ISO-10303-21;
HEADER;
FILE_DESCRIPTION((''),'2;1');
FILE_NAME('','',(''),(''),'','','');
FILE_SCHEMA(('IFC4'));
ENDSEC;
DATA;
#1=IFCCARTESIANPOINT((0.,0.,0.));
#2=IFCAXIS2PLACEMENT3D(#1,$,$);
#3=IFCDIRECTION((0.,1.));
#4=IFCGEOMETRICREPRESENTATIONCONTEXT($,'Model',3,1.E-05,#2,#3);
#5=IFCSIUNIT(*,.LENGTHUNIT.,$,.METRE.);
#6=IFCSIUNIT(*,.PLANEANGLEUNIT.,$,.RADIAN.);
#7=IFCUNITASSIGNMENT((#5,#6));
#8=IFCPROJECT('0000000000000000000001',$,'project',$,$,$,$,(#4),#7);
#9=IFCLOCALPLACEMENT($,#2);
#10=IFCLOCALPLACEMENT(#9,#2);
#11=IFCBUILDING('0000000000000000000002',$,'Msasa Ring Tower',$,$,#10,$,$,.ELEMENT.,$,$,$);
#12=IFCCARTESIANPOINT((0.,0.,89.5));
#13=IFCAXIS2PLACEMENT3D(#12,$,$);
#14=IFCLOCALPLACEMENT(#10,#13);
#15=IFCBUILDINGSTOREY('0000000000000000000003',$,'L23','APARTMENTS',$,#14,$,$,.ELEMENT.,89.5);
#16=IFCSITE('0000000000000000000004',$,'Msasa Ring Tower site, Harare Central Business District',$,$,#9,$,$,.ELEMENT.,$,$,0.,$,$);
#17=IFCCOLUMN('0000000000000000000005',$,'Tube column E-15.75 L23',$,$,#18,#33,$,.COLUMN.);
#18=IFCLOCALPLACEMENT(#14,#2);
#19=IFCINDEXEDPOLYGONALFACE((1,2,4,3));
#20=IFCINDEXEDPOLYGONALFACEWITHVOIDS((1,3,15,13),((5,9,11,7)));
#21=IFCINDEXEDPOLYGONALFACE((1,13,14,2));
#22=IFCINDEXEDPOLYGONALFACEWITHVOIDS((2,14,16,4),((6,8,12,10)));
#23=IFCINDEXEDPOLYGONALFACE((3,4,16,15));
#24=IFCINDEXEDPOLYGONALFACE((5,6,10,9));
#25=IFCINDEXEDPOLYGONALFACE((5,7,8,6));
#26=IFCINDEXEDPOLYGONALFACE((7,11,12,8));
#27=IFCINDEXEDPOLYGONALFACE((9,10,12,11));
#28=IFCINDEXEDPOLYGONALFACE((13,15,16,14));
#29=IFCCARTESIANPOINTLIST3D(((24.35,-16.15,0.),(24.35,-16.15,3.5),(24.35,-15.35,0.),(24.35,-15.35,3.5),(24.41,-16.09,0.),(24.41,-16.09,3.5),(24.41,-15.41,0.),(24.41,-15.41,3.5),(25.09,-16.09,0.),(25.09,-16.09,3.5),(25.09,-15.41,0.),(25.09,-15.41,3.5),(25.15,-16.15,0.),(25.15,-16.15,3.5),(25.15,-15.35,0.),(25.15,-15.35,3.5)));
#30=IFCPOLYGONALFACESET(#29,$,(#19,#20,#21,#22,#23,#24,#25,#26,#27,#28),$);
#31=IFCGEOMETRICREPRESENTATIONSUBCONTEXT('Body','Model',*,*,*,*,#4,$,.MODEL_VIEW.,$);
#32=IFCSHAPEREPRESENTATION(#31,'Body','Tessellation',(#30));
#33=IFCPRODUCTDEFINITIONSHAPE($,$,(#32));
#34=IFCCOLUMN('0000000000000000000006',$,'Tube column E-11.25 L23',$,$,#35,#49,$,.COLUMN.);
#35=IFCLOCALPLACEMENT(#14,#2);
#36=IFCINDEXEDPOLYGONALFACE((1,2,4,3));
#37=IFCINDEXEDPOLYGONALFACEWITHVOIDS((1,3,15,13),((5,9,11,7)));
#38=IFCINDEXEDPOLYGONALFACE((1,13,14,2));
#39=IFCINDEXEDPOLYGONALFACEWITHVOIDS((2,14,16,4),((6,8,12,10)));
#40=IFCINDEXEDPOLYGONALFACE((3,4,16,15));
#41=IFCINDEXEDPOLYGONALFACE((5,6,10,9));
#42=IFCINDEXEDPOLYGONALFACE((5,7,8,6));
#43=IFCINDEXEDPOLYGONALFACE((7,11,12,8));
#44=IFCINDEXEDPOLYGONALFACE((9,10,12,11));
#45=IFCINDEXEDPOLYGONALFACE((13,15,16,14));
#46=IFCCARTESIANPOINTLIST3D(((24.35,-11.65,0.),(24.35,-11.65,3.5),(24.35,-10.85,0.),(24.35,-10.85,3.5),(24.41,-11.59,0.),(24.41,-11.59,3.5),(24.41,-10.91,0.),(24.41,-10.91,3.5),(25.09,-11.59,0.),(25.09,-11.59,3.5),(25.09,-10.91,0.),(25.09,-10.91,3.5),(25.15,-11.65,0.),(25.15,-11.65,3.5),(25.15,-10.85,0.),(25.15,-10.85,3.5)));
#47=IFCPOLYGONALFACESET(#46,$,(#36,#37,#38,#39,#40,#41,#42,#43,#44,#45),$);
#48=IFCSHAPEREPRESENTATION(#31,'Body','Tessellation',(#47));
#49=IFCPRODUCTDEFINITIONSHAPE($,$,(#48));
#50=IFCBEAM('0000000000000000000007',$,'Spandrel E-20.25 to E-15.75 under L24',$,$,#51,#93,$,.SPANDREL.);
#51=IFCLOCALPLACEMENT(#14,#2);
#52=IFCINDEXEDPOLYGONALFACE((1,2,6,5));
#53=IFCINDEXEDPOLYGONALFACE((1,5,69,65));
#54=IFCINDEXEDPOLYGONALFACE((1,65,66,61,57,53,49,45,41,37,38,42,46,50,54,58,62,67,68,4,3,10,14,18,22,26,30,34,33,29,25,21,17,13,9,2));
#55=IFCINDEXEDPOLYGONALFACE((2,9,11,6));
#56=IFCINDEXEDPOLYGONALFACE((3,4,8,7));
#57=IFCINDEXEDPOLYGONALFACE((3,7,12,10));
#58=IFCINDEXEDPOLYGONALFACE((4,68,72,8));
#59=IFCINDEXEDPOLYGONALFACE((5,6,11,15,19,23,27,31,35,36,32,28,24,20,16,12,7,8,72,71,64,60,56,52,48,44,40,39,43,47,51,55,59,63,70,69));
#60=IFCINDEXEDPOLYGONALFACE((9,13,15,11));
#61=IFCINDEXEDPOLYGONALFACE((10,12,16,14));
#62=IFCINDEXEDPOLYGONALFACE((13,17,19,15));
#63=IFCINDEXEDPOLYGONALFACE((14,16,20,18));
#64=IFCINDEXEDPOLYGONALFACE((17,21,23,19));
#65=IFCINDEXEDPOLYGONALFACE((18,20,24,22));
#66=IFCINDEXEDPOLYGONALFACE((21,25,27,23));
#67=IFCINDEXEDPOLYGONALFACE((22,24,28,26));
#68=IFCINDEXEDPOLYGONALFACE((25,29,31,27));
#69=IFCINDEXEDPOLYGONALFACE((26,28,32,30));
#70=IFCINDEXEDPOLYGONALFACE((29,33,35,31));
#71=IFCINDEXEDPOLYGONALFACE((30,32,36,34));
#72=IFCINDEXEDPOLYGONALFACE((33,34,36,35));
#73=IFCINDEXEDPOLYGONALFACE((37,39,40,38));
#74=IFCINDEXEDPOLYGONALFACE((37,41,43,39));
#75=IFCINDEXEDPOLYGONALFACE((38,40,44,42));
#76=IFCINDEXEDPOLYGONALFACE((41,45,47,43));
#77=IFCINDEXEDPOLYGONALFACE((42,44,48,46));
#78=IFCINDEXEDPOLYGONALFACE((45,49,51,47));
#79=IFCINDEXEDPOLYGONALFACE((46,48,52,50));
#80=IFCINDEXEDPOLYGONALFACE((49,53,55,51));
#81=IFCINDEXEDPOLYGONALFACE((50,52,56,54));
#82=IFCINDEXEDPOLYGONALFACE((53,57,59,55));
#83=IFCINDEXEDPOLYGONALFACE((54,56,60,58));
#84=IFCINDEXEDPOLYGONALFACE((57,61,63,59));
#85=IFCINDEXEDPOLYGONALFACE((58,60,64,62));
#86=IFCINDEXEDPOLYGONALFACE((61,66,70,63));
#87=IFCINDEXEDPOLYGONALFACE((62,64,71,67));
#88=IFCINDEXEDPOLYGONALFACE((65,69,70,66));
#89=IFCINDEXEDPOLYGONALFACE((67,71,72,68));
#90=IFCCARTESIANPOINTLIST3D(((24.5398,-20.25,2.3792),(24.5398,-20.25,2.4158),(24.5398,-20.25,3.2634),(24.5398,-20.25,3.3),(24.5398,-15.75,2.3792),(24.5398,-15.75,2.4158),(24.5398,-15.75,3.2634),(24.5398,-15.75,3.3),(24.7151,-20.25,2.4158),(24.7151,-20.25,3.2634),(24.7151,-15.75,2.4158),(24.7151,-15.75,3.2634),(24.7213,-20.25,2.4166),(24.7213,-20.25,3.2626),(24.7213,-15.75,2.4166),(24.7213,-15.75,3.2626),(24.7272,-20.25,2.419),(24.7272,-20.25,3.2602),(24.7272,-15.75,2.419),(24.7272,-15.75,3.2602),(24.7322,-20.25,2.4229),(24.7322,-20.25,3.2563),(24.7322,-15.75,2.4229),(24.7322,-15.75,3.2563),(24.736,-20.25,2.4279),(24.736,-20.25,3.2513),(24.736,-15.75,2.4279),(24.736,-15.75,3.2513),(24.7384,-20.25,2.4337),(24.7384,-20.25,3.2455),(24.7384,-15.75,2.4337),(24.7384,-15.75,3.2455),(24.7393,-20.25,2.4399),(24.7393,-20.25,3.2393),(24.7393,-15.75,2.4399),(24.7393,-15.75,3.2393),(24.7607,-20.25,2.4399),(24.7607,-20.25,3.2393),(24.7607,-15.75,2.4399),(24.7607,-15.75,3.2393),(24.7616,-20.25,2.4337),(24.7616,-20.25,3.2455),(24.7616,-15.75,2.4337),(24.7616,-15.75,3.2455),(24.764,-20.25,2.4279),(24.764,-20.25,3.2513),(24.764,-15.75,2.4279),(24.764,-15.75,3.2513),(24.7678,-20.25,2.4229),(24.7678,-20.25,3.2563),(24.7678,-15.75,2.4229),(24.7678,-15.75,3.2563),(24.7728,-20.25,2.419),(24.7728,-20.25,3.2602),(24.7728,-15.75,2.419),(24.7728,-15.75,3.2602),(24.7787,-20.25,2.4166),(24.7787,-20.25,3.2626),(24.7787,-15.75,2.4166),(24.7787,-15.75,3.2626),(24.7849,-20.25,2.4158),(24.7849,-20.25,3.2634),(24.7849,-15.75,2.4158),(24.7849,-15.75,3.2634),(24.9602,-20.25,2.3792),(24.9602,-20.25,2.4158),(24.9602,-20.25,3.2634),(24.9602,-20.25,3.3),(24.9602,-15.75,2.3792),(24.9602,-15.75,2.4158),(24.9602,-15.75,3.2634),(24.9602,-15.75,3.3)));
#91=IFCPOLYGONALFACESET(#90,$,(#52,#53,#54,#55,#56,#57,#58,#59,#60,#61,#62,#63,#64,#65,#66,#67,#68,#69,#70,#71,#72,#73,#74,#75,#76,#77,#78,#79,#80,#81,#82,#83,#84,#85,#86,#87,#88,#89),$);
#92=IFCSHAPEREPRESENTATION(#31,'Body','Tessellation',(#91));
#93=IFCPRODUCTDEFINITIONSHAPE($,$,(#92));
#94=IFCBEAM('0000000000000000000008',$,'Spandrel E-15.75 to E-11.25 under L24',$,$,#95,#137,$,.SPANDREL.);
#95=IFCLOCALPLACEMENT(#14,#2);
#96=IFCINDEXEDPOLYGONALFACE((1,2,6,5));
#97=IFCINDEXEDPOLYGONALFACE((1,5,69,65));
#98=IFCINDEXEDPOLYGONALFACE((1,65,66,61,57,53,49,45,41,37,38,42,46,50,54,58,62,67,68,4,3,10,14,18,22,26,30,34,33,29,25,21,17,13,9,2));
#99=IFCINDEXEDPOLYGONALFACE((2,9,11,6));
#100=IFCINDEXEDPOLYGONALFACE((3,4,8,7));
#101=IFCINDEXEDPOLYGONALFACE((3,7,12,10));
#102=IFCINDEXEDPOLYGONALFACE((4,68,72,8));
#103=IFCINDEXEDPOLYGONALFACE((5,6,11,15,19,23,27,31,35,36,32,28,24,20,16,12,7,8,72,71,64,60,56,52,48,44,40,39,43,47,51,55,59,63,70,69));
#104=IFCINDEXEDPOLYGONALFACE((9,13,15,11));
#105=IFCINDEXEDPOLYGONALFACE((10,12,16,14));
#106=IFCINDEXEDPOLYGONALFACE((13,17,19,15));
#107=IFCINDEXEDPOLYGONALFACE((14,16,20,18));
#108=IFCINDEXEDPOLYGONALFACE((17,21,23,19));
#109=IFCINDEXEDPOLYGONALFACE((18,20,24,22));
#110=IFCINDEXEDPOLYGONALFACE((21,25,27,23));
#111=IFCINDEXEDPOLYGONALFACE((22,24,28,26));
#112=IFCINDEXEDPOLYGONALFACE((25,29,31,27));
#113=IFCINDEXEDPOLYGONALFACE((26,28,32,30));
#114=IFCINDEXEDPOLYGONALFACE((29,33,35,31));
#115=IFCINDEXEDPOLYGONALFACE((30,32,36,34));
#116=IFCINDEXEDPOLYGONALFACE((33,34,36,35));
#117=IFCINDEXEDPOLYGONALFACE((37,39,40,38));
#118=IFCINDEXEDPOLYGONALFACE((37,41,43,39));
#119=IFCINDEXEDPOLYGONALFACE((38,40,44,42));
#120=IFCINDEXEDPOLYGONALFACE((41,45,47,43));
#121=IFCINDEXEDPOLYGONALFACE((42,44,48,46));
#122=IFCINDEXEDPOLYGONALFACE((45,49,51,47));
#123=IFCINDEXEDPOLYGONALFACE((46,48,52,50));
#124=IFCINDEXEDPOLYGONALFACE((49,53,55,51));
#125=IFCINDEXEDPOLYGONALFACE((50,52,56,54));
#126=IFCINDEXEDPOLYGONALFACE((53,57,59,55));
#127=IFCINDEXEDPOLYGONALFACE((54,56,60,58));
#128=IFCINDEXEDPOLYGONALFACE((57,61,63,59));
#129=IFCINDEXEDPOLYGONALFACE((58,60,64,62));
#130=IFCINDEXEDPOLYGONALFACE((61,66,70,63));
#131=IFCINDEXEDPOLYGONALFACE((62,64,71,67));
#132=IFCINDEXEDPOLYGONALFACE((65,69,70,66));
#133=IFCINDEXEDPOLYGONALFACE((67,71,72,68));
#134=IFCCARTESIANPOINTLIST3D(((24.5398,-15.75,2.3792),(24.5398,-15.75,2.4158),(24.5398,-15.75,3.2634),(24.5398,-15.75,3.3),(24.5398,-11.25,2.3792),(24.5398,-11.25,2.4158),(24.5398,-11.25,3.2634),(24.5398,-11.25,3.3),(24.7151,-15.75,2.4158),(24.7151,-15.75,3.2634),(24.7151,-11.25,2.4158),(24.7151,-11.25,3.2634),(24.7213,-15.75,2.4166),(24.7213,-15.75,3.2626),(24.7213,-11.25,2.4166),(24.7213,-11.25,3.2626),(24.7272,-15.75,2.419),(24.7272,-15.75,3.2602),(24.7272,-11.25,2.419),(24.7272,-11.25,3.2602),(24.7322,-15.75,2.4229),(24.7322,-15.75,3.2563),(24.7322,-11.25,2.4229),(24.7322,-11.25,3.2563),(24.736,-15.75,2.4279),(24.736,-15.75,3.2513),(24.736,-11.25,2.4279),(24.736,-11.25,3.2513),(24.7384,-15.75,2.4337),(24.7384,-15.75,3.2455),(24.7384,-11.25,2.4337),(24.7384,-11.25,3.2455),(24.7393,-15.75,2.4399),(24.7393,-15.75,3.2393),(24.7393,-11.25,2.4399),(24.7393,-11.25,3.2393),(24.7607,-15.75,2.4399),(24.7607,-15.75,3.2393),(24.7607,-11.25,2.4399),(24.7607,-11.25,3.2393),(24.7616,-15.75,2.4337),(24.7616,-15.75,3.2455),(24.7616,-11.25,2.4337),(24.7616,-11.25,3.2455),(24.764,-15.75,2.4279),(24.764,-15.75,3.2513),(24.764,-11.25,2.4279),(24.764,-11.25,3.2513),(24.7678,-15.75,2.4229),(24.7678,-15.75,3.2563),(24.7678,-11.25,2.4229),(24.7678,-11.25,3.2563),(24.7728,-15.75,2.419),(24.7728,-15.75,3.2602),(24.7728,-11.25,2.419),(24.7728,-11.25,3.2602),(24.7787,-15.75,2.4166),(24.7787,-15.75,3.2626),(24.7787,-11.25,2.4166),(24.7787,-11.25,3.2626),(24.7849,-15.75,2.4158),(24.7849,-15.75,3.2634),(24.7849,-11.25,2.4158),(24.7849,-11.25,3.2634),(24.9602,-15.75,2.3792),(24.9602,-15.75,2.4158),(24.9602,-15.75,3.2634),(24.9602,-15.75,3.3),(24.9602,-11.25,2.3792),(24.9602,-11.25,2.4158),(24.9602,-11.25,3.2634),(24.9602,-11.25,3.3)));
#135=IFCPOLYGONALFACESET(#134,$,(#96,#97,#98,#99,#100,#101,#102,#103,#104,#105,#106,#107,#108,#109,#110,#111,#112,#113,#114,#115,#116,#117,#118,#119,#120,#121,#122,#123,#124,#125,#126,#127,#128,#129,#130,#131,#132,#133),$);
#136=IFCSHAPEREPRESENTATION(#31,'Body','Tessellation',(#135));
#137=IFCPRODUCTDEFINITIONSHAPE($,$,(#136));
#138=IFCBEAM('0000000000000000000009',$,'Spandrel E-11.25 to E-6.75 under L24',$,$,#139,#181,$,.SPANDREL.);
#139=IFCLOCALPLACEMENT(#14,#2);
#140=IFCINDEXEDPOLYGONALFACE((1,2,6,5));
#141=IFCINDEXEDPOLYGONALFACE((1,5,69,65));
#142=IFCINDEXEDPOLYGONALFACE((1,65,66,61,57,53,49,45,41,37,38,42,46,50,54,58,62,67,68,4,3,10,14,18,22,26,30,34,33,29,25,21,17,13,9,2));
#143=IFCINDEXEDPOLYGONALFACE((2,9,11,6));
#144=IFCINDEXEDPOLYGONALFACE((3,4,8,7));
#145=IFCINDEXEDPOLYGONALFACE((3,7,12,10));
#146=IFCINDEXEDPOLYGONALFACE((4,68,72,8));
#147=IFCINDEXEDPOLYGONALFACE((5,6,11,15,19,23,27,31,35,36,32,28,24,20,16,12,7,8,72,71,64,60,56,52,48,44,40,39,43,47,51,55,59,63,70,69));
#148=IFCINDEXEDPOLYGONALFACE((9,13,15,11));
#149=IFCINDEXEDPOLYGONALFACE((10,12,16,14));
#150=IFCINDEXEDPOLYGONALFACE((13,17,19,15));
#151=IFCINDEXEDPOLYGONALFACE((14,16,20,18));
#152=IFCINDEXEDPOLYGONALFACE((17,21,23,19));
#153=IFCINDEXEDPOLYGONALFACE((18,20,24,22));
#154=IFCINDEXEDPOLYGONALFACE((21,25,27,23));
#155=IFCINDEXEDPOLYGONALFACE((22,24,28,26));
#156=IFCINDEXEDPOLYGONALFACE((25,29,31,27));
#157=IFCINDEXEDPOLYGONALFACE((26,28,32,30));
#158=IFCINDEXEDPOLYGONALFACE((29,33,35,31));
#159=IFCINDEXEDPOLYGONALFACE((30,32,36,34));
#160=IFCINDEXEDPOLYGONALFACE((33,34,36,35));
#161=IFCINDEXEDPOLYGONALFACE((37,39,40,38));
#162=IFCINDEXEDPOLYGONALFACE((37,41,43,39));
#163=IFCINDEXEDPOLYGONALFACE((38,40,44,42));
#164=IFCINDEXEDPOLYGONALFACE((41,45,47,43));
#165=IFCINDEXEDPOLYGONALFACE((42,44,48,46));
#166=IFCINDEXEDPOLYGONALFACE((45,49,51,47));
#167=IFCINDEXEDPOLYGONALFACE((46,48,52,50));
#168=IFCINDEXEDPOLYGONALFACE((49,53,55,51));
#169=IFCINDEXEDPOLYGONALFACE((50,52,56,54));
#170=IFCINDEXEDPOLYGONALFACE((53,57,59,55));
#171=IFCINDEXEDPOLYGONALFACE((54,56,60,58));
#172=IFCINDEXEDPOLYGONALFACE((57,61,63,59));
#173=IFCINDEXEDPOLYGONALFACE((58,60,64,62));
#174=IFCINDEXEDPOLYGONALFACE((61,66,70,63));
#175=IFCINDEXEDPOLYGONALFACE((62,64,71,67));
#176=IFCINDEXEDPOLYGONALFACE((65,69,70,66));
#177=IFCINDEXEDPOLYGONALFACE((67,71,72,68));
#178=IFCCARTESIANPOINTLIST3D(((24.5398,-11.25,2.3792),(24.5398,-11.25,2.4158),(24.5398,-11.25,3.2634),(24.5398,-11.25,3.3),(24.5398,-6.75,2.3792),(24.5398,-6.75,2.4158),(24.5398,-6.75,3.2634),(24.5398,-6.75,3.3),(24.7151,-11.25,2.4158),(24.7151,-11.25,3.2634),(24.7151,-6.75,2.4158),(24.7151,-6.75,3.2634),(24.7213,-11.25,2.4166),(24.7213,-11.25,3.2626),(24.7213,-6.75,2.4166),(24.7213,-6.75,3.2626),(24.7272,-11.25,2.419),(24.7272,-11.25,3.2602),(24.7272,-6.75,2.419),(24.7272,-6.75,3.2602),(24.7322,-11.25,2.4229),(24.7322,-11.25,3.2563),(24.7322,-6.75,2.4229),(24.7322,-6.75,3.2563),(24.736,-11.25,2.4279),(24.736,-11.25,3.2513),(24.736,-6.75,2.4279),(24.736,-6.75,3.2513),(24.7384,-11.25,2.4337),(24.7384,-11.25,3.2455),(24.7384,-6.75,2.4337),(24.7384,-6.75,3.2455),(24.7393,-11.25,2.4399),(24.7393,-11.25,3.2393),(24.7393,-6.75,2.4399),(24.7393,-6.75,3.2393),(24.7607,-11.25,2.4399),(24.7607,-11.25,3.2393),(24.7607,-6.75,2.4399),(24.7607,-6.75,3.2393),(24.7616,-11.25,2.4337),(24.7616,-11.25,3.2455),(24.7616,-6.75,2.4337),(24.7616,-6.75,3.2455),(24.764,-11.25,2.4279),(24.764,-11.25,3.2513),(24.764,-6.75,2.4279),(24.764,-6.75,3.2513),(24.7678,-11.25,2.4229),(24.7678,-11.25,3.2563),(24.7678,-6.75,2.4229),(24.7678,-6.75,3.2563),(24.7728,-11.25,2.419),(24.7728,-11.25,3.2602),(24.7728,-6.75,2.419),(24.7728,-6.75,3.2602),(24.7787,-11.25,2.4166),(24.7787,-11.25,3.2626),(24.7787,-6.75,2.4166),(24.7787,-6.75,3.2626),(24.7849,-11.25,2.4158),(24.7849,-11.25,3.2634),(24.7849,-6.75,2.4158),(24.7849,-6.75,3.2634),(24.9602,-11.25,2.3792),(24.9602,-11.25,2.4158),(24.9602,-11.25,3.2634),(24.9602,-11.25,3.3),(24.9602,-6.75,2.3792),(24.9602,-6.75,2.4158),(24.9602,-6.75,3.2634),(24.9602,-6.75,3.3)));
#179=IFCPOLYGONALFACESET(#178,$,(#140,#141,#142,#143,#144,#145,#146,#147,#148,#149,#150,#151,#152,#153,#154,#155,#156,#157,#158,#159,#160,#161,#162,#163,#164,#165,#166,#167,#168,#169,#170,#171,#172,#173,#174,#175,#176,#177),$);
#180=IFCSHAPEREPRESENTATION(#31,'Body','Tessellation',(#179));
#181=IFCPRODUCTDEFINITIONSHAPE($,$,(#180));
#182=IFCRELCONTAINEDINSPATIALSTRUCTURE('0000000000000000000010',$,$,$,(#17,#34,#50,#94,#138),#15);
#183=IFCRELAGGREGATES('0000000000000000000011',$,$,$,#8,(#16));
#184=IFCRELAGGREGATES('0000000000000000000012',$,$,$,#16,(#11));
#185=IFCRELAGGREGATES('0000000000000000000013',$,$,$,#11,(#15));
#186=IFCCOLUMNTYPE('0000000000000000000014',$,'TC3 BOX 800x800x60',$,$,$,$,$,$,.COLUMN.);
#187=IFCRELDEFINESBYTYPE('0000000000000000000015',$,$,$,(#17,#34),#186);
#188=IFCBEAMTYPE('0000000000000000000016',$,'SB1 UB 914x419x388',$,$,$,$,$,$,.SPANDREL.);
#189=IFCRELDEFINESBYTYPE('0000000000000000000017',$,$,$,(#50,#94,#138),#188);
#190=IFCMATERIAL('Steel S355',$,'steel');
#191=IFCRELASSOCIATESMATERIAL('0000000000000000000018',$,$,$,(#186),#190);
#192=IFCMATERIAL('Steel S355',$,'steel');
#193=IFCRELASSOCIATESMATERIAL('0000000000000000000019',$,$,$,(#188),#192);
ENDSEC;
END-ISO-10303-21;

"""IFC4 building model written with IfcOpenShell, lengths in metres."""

from ifc_helpers import new_model, si_unit, direction, frame, origin, origin_2d, place, context, subcontext, project, spatial, hollow_rectangle, i_section, extrude, material, material_profile, profile_set, type_object, element, save


model = new_model("IFC4")

# Units and contexts
model_context = context("Model", 3, precision=1e-05, world=origin(), true_north=direction((0.0, 1.0)))
body_context = subcontext(model_context, "Body", "Model", "MODEL_VIEW")
ifc_project = project(units=[si_unit("LENGTHUNIT", "METRE"), si_unit("PLANEANGLEUNIT", "RADIAN")], contexts=[model_context])

# Site, building, storey
site_placement = place(None, origin())
site = spatial("IfcSite", under=ifc_project, at=site_placement, Name="Msasa Ring Tower site, Harare Central Business District", CompositionType="ELEMENT", RefElevation=0.0)
building_placement = place(site_placement, origin())
building = spatial("IfcBuilding", under=site, at=building_placement, Name="Msasa Ring Tower", CompositionType="ELEMENT")
storey_placement = place(building_placement, frame((0.0, 0.0, 89.5)))
storey = spatial("IfcBuildingStorey", under=building, at=storey_placement, Name="L23", Description="APARTMENTS", CompositionType="ELEMENT", Elevation=89.5)

# Columns
ifc_material_1 = material(Name="Steel S355", Category="steel")
ifc_material_profile_1 = material_profile(ifc_material_1, hollow_rectangle(XDim=0.8, YDim=0.8, WallThickness=0.0601, at=origin_2d()), Name="BOX 800x800x60")
ifc_profile_set_1 = profile_set([ifc_material_profile_1], Name="Steel S355")
column_type = type_object("IfcColumnType", Name="TC3 BOX 800x800x60", PredefinedType="COLUMN", material=ifc_profile_set_1)
for number, where, z_axis, x_axis, name in (
    (1, (24.75, -15.75, 0.0), (0.0, 0.0, 1.0), (1.0, 0.0, 0.0), "Tube column E-15.75 L23"),
    (2, (24.75, -11.25, 0.0), (0.0, 0.0, 1.0), (1.0, 0.0, 0.0), "Tube column E-11.25 L23"),
):
    element("IfcColumn", number, at=place(storey_placement, frame(where, z_axis=z_axis, x_axis=x_axis)), inside=storey, type_object=column_type, Name=name, PredefinedType="COLUMN", context=body_context, shape_type="SweptSolid", body=[
        extrude(hollow_rectangle(XDim=0.8, YDim=0.8, WallThickness=0.0601, at=origin_2d()), origin(), (0.0, 0.0, 1.0), 3.5),
    ])

# Beams
ifc_material_2 = material(Name="Steel S355", Category="steel")
ifc_material_profile_2 = material_profile(ifc_material_2, i_section(OverallWidth=0.4204, OverallDepth=0.9209, WebThickness=0.0215, FlangeThickness=0.0366, FilletRadius=0.0242, at=origin_2d()), Name="UB 914x419x388")
ifc_profile_set_2 = profile_set([ifc_material_profile_2], Name="Steel S355")
beam_type = type_object("IfcBeamType", Name="SB1 UB 914x419x388", PredefinedType="SPANDREL", material=ifc_profile_set_2)
for number, where, z_axis, x_axis, name in (
    (3, (24.75, -20.25, 2.8396), (0.0, 1.0, 0.0), (-1.0, 0.0, 0.0), "Spandrel E-20.25 to E-15.75 under L24"),
    (4, (24.75, -15.75, 2.8396), (0.0, 1.0, 0.0), (-1.0, 0.0, 0.0), "Spandrel E-15.75 to E-11.25 under L24"),
    (5, (24.75, -11.25, 2.8396), (0.0, 1.0, 0.0), (-1.0, 0.0, 0.0), "Spandrel E-11.25 to E-6.75 under L24"),
):
    element("IfcBeam", number, at=place(storey_placement, frame(where, z_axis=z_axis, x_axis=x_axis)), inside=storey, type_object=beam_type, Name=name, PredefinedType="SPANDREL", context=body_context, shape_type="SweptSolid", body=[
        extrude(i_section(OverallWidth=0.4204, OverallDepth=0.9209, WebThickness=0.0215, FlangeThickness=0.0366, FilletRadius=0.0242, at=origin_2d()), origin(), (0.0, 0.0, 1.0), 4.5),
    ])

save(model, "model.ifc")
